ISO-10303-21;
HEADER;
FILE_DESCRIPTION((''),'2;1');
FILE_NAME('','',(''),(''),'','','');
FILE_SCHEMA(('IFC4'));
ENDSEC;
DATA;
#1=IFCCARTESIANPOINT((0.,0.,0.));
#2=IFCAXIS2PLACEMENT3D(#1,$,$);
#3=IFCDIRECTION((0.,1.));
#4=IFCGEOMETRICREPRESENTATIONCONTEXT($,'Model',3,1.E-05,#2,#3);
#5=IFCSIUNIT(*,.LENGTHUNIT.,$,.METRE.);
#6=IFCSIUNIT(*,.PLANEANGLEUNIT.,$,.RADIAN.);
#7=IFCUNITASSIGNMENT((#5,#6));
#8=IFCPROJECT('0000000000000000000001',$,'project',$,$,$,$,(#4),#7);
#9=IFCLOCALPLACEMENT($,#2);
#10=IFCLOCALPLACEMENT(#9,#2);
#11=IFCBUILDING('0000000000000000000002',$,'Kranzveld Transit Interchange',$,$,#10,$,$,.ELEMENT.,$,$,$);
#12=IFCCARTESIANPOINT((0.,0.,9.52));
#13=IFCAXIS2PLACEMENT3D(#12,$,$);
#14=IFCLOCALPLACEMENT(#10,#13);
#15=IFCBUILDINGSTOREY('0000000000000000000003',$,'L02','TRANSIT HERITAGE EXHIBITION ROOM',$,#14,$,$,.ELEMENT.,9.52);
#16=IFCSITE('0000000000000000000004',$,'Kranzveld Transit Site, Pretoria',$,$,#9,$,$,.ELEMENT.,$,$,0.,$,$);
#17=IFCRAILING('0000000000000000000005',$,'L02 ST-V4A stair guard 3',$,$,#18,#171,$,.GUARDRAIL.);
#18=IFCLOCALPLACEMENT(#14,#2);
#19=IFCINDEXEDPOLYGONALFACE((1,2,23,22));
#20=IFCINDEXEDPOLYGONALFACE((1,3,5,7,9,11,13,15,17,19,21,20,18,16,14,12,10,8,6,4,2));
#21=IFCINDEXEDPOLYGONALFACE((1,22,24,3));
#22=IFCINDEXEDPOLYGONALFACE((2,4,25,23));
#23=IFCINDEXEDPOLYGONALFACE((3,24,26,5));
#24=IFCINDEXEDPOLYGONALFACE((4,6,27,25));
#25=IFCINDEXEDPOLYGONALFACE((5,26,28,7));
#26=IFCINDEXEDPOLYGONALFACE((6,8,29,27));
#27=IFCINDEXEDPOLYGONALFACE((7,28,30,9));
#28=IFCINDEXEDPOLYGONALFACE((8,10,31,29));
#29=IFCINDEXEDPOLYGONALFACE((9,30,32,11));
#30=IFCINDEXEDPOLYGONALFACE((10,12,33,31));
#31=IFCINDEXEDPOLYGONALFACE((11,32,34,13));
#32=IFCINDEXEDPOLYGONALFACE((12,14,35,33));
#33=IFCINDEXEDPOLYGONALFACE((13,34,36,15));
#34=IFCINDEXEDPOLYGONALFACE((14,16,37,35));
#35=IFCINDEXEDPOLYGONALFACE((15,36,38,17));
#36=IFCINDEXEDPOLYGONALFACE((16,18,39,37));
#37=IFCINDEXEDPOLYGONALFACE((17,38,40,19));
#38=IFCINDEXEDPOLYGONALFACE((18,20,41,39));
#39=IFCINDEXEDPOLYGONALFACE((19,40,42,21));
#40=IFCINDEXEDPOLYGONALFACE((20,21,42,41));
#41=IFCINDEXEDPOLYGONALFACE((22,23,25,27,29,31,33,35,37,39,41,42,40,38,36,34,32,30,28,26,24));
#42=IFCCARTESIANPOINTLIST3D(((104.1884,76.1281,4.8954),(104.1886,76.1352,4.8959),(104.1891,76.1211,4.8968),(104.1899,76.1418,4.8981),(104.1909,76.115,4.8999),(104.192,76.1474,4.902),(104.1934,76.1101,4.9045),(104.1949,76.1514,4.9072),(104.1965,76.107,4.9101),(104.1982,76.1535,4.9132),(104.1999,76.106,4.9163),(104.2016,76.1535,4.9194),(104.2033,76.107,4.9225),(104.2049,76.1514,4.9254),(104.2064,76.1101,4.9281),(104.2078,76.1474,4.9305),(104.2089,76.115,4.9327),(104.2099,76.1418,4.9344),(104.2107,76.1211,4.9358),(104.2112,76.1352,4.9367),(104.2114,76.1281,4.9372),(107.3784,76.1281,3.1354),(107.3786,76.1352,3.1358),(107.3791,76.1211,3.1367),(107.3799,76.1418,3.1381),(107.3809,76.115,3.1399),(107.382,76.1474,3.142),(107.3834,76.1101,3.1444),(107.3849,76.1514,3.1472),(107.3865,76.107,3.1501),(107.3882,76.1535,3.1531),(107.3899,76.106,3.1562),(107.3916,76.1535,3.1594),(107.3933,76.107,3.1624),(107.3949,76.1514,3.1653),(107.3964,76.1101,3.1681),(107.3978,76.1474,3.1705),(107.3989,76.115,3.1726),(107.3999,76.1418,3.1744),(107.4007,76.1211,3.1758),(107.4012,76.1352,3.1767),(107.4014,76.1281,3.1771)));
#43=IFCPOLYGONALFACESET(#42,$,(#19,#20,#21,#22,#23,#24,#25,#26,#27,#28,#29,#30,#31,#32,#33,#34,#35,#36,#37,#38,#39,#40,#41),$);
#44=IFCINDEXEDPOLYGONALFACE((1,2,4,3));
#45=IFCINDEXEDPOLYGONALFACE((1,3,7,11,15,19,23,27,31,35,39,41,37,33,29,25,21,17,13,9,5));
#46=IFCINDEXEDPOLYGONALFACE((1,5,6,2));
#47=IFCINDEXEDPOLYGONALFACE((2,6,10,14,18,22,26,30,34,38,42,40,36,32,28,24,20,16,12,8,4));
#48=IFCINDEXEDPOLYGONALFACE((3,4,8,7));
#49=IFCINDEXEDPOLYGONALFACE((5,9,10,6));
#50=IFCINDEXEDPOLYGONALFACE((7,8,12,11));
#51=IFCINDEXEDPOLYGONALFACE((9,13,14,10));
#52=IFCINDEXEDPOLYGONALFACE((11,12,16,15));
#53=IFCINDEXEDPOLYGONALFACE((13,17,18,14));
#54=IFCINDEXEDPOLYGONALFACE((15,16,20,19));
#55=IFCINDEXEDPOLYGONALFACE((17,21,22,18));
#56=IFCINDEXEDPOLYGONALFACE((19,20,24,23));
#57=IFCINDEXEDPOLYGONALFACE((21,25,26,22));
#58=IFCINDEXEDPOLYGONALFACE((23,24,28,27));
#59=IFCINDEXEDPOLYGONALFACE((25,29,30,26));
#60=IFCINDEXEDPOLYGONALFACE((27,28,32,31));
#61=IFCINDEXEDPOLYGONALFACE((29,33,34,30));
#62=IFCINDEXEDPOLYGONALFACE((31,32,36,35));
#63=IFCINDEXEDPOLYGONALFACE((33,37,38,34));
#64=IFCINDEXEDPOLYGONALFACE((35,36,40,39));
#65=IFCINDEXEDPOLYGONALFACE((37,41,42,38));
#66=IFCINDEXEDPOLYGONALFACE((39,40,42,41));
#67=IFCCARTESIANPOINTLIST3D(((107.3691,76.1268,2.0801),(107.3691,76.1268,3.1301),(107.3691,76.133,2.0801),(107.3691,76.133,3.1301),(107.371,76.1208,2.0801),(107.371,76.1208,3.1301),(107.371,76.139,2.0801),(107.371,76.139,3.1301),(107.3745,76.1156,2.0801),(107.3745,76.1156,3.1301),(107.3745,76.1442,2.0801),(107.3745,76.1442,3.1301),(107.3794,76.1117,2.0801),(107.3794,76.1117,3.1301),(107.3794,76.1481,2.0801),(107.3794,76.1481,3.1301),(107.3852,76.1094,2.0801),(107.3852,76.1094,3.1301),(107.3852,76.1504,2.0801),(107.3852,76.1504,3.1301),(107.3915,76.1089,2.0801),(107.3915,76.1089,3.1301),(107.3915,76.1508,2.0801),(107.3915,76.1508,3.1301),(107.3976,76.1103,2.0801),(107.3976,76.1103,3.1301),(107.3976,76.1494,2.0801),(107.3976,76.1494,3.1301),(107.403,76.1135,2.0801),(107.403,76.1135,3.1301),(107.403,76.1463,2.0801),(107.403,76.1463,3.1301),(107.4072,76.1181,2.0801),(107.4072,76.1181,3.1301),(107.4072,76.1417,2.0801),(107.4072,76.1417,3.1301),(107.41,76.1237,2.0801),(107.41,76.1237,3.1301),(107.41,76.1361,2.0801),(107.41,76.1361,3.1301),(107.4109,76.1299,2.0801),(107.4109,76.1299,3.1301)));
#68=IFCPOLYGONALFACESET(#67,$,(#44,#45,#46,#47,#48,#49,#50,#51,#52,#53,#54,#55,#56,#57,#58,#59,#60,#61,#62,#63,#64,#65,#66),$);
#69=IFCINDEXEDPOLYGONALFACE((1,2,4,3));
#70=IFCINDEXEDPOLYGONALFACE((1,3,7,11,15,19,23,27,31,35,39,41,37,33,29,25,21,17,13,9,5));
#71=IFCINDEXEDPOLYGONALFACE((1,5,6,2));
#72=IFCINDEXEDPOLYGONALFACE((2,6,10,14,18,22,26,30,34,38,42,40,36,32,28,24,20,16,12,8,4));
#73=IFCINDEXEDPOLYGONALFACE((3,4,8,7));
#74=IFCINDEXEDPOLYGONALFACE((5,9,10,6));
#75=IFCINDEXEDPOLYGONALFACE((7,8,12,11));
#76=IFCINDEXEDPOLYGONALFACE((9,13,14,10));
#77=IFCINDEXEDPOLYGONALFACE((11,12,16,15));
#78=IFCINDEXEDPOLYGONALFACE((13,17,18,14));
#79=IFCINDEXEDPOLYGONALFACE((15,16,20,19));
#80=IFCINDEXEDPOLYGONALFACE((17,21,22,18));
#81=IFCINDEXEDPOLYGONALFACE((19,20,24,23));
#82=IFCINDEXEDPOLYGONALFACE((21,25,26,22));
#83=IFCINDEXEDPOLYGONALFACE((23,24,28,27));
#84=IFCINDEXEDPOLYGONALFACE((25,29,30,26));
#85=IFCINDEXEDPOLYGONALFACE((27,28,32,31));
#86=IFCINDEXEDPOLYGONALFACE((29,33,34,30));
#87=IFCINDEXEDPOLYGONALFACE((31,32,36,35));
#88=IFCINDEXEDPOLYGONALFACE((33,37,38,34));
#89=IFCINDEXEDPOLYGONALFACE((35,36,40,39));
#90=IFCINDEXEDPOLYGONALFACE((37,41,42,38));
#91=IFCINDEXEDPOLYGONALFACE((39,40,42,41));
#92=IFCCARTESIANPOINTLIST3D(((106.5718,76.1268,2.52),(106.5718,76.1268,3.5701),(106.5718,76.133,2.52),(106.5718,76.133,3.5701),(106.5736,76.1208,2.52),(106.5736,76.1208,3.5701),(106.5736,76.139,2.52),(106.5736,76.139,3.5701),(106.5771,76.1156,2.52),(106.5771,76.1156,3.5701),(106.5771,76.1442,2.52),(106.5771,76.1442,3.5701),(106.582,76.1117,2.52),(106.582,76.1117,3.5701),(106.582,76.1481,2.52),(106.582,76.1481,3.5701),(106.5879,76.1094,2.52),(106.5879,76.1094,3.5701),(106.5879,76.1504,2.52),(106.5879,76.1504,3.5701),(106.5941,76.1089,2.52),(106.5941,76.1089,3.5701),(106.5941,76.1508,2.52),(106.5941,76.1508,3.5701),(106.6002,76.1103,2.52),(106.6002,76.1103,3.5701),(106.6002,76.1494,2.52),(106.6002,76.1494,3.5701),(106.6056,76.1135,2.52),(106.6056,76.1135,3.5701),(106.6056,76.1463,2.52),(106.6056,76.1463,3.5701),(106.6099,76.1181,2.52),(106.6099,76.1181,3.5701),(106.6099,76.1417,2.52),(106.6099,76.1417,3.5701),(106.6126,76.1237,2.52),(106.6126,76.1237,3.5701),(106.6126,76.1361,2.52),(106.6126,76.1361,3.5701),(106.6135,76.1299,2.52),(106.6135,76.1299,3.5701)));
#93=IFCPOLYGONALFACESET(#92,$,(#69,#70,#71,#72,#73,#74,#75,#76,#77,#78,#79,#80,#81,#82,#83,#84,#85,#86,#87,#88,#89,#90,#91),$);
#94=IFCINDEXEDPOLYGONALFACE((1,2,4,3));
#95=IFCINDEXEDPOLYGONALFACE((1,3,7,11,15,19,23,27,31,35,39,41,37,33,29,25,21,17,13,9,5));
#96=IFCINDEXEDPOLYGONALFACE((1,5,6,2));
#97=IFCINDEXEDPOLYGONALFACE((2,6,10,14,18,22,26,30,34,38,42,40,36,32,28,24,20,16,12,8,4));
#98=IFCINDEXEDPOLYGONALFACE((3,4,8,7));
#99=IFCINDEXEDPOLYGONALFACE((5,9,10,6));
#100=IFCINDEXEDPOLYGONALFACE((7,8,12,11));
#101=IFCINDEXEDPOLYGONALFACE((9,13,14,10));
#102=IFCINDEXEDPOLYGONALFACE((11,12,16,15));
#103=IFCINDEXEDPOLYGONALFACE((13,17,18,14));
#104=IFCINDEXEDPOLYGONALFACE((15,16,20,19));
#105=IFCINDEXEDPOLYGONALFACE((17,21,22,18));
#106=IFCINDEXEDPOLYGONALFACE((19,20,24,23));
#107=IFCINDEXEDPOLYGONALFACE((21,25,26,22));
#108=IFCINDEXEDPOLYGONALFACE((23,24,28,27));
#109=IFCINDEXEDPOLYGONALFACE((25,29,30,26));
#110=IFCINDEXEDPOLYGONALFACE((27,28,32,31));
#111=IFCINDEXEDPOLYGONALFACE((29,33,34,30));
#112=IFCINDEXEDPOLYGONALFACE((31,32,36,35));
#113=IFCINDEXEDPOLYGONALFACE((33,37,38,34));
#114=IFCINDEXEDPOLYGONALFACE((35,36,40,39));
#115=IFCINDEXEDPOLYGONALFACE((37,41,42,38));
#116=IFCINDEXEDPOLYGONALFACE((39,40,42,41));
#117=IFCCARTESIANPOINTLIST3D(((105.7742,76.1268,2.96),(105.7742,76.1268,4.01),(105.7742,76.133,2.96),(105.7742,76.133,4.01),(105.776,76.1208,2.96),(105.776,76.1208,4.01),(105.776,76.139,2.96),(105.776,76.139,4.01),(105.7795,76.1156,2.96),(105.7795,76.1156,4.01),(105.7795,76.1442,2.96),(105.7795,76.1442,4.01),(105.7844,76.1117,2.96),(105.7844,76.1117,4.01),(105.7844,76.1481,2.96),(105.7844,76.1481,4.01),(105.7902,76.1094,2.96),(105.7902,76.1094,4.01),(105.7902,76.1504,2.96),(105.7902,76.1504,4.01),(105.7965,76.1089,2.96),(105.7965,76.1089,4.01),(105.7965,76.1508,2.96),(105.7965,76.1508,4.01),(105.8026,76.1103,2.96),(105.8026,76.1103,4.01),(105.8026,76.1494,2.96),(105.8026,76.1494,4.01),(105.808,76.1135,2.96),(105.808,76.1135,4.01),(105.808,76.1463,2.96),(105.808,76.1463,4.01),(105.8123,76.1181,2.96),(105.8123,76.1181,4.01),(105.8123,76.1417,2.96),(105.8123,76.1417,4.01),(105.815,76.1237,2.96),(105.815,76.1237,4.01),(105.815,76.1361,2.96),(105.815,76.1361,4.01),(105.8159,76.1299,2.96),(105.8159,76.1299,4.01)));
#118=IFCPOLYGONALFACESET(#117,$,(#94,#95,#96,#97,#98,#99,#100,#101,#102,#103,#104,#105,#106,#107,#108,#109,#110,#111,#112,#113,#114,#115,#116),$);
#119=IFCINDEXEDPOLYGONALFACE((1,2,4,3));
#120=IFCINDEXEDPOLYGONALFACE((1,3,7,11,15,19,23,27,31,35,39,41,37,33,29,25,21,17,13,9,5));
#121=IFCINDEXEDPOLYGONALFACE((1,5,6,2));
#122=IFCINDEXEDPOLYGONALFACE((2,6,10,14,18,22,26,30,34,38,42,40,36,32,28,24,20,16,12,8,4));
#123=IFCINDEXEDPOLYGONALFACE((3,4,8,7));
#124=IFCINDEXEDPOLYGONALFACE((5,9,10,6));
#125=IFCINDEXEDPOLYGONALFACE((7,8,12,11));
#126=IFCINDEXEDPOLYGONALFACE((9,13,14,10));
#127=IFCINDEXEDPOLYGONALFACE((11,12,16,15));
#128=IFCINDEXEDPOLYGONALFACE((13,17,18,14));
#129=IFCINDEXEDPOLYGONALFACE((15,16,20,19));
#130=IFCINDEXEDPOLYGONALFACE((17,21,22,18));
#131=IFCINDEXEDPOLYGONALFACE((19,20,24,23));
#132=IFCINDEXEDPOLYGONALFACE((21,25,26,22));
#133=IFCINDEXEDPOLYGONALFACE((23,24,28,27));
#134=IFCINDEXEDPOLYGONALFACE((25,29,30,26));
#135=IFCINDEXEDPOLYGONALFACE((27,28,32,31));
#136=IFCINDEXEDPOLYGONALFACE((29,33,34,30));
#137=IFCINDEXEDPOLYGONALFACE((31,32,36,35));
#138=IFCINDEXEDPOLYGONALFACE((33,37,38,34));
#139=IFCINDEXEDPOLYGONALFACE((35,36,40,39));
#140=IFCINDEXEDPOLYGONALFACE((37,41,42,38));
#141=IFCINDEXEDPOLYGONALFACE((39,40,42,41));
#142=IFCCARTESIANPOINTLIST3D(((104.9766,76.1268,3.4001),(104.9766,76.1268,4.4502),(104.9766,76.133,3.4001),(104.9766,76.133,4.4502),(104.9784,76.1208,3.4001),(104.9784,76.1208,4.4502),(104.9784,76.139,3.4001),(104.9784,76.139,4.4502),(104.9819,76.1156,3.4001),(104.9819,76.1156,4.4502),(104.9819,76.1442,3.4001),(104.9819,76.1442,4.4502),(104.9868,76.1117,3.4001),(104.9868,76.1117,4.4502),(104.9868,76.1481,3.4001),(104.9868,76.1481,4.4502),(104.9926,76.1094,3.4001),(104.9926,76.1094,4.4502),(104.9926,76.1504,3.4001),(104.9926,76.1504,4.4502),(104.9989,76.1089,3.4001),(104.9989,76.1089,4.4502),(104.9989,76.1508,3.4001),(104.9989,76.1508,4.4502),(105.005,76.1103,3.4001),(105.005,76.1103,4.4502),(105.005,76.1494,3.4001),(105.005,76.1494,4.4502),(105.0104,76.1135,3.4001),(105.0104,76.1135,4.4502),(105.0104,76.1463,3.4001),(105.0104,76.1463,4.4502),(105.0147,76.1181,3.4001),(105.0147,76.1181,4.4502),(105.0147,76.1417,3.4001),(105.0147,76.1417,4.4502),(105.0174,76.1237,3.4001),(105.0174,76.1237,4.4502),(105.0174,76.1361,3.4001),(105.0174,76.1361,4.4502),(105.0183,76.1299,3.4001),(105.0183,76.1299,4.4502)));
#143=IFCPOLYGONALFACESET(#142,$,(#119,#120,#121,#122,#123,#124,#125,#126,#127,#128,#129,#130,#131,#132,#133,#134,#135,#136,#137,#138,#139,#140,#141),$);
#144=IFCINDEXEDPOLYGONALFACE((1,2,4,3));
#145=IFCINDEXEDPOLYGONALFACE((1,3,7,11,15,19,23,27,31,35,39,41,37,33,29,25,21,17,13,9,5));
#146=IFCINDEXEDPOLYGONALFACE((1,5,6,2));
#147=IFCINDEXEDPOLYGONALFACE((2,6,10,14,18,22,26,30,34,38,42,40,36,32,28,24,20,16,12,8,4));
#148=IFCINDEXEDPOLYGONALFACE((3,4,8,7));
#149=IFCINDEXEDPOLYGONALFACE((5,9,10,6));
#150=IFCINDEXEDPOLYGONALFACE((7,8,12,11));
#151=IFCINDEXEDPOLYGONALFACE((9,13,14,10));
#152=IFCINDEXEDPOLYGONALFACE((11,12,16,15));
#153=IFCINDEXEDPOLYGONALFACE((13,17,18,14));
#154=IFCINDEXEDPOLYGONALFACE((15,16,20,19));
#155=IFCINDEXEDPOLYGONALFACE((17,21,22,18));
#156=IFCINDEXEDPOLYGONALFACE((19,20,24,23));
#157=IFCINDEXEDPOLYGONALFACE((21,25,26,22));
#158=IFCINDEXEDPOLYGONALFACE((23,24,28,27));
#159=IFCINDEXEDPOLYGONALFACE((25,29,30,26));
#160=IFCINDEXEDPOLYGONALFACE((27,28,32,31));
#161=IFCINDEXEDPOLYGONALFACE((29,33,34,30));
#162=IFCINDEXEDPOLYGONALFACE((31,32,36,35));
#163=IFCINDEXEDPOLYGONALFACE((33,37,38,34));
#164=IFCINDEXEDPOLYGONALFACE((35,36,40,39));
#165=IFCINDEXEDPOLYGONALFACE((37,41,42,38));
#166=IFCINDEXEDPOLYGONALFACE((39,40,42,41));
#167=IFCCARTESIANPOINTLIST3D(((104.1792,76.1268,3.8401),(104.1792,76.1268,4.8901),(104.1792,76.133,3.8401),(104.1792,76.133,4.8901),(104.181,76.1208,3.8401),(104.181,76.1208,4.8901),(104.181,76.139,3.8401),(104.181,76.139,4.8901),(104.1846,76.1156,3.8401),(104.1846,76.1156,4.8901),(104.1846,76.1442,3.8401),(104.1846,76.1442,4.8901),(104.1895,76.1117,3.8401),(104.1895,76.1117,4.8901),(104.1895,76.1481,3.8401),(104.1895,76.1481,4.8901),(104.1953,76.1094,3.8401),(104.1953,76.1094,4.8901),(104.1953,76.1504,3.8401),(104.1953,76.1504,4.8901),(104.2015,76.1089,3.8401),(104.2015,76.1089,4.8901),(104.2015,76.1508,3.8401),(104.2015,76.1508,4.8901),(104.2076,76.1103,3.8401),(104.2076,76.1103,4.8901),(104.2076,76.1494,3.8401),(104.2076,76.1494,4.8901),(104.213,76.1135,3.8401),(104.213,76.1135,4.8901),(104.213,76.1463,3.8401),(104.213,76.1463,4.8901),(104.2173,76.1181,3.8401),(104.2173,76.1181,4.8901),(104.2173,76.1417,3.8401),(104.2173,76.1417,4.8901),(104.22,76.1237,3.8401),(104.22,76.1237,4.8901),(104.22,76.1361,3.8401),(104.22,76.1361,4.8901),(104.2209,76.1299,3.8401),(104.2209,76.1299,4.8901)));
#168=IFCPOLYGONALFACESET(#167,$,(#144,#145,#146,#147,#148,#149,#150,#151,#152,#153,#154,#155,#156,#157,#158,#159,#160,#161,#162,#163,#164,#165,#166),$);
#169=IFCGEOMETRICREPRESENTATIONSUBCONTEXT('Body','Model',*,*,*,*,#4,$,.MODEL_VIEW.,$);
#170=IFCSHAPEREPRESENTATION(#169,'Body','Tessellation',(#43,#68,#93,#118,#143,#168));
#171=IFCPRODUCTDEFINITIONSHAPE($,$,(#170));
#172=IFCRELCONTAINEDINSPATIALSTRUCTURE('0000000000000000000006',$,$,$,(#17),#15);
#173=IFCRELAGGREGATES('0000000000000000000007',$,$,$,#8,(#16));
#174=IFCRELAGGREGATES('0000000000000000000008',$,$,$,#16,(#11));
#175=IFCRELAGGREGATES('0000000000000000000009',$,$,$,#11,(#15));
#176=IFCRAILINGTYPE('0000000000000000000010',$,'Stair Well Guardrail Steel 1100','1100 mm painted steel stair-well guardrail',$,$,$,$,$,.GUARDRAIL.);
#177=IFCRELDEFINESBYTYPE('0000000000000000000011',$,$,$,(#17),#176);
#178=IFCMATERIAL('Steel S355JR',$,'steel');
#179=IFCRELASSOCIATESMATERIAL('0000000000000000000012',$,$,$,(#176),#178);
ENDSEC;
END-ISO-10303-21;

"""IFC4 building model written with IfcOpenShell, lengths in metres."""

from ifc_helpers import new_model, si_unit, direction, frame, origin, origin_2d, place, context, subcontext, project, spatial, circle, extrude, material, type_object, element, save


model = new_model("IFC4")

# Units and contexts
model_context = context("Model", 3, precision=1e-05, world=origin(), true_north=direction((0.0, 1.0)))
body_context = subcontext(model_context, "Body", "Model", "MODEL_VIEW")
ifc_project = project(units=[si_unit("LENGTHUNIT", "METRE"), si_unit("PLANEANGLEUNIT", "RADIAN")], contexts=[model_context])

# Site, building, storey
site_placement = place(None, origin())
site = spatial("IfcSite", under=ifc_project, at=site_placement, Name="Kranzveld Transit Site, Pretoria", CompositionType="ELEMENT", RefElevation=0.0)
building_placement = place(site_placement, origin())
building = spatial("IfcBuilding", under=site, at=building_placement, Name="Kranzveld Transit Interchange", CompositionType="ELEMENT")
storey_placement = place(building_placement, frame((0.0, 0.0, 9.52)))
storey = spatial("IfcBuildingStorey", under=building, at=storey_placement, Name="L02", Description="TRANSIT HERITAGE EXHIBITION ROOM", CompositionType="ELEMENT", Elevation=9.52)

# Railing
ifc_material_1 = material(Name="Steel S355JR", Category="steel")
railing_type_1 = type_object("IfcRailingType", Name="Stair Well Guardrail Steel 1100", Description="1100 mm painted steel stair-well guardrail", PredefinedType="GUARDRAIL", material=ifc_material_1)
railing_1_placement = place(storey_placement, frame((107.3899, 76.1299, 2.0801)))
element("IfcRailing", 1, at=railing_1_placement, inside=storey, type_object=railing_type_1, Name="L02 ST-V4A stair guard 3", PredefinedType="GUARDRAIL", context=body_context, shape_type="SweptSolid", body=[
    extrude(circle(Radius=0.0239, at=origin_2d()), frame((0.0, 0.0, 1.0762), z_axis=(-0.875573, 0.0, 0.483086), x_axis=(0.0, -1.0, 0.0)), (0.0, 0.0, 1.0), 3.6433),
    extrude(circle(Radius=0.021, at=origin_2d()), origin(), (0.0, 0.0, 1.0), 1.05),
    extrude(circle(Radius=0.021, at=origin_2d()), frame((-0.7974, 0.0, 0.4399)), (0.0, 0.0, 1.0), 1.05),
    extrude(circle(Radius=0.021, at=origin_2d()), frame((-1.595, 0.0, 0.8799)), (0.0, 0.0, 1.0), 1.05),
    extrude(circle(Radius=0.021, at=origin_2d()), frame((-2.3926, 0.0, 1.3201)), (0.0, 0.0, 1.0), 1.05),
    extrude(circle(Radius=0.021, at=origin_2d()), frame((-3.1899, 0.0, 1.76)), (0.0, 0.0, 1.0), 1.05),
])

save(model, "model.ifc")
